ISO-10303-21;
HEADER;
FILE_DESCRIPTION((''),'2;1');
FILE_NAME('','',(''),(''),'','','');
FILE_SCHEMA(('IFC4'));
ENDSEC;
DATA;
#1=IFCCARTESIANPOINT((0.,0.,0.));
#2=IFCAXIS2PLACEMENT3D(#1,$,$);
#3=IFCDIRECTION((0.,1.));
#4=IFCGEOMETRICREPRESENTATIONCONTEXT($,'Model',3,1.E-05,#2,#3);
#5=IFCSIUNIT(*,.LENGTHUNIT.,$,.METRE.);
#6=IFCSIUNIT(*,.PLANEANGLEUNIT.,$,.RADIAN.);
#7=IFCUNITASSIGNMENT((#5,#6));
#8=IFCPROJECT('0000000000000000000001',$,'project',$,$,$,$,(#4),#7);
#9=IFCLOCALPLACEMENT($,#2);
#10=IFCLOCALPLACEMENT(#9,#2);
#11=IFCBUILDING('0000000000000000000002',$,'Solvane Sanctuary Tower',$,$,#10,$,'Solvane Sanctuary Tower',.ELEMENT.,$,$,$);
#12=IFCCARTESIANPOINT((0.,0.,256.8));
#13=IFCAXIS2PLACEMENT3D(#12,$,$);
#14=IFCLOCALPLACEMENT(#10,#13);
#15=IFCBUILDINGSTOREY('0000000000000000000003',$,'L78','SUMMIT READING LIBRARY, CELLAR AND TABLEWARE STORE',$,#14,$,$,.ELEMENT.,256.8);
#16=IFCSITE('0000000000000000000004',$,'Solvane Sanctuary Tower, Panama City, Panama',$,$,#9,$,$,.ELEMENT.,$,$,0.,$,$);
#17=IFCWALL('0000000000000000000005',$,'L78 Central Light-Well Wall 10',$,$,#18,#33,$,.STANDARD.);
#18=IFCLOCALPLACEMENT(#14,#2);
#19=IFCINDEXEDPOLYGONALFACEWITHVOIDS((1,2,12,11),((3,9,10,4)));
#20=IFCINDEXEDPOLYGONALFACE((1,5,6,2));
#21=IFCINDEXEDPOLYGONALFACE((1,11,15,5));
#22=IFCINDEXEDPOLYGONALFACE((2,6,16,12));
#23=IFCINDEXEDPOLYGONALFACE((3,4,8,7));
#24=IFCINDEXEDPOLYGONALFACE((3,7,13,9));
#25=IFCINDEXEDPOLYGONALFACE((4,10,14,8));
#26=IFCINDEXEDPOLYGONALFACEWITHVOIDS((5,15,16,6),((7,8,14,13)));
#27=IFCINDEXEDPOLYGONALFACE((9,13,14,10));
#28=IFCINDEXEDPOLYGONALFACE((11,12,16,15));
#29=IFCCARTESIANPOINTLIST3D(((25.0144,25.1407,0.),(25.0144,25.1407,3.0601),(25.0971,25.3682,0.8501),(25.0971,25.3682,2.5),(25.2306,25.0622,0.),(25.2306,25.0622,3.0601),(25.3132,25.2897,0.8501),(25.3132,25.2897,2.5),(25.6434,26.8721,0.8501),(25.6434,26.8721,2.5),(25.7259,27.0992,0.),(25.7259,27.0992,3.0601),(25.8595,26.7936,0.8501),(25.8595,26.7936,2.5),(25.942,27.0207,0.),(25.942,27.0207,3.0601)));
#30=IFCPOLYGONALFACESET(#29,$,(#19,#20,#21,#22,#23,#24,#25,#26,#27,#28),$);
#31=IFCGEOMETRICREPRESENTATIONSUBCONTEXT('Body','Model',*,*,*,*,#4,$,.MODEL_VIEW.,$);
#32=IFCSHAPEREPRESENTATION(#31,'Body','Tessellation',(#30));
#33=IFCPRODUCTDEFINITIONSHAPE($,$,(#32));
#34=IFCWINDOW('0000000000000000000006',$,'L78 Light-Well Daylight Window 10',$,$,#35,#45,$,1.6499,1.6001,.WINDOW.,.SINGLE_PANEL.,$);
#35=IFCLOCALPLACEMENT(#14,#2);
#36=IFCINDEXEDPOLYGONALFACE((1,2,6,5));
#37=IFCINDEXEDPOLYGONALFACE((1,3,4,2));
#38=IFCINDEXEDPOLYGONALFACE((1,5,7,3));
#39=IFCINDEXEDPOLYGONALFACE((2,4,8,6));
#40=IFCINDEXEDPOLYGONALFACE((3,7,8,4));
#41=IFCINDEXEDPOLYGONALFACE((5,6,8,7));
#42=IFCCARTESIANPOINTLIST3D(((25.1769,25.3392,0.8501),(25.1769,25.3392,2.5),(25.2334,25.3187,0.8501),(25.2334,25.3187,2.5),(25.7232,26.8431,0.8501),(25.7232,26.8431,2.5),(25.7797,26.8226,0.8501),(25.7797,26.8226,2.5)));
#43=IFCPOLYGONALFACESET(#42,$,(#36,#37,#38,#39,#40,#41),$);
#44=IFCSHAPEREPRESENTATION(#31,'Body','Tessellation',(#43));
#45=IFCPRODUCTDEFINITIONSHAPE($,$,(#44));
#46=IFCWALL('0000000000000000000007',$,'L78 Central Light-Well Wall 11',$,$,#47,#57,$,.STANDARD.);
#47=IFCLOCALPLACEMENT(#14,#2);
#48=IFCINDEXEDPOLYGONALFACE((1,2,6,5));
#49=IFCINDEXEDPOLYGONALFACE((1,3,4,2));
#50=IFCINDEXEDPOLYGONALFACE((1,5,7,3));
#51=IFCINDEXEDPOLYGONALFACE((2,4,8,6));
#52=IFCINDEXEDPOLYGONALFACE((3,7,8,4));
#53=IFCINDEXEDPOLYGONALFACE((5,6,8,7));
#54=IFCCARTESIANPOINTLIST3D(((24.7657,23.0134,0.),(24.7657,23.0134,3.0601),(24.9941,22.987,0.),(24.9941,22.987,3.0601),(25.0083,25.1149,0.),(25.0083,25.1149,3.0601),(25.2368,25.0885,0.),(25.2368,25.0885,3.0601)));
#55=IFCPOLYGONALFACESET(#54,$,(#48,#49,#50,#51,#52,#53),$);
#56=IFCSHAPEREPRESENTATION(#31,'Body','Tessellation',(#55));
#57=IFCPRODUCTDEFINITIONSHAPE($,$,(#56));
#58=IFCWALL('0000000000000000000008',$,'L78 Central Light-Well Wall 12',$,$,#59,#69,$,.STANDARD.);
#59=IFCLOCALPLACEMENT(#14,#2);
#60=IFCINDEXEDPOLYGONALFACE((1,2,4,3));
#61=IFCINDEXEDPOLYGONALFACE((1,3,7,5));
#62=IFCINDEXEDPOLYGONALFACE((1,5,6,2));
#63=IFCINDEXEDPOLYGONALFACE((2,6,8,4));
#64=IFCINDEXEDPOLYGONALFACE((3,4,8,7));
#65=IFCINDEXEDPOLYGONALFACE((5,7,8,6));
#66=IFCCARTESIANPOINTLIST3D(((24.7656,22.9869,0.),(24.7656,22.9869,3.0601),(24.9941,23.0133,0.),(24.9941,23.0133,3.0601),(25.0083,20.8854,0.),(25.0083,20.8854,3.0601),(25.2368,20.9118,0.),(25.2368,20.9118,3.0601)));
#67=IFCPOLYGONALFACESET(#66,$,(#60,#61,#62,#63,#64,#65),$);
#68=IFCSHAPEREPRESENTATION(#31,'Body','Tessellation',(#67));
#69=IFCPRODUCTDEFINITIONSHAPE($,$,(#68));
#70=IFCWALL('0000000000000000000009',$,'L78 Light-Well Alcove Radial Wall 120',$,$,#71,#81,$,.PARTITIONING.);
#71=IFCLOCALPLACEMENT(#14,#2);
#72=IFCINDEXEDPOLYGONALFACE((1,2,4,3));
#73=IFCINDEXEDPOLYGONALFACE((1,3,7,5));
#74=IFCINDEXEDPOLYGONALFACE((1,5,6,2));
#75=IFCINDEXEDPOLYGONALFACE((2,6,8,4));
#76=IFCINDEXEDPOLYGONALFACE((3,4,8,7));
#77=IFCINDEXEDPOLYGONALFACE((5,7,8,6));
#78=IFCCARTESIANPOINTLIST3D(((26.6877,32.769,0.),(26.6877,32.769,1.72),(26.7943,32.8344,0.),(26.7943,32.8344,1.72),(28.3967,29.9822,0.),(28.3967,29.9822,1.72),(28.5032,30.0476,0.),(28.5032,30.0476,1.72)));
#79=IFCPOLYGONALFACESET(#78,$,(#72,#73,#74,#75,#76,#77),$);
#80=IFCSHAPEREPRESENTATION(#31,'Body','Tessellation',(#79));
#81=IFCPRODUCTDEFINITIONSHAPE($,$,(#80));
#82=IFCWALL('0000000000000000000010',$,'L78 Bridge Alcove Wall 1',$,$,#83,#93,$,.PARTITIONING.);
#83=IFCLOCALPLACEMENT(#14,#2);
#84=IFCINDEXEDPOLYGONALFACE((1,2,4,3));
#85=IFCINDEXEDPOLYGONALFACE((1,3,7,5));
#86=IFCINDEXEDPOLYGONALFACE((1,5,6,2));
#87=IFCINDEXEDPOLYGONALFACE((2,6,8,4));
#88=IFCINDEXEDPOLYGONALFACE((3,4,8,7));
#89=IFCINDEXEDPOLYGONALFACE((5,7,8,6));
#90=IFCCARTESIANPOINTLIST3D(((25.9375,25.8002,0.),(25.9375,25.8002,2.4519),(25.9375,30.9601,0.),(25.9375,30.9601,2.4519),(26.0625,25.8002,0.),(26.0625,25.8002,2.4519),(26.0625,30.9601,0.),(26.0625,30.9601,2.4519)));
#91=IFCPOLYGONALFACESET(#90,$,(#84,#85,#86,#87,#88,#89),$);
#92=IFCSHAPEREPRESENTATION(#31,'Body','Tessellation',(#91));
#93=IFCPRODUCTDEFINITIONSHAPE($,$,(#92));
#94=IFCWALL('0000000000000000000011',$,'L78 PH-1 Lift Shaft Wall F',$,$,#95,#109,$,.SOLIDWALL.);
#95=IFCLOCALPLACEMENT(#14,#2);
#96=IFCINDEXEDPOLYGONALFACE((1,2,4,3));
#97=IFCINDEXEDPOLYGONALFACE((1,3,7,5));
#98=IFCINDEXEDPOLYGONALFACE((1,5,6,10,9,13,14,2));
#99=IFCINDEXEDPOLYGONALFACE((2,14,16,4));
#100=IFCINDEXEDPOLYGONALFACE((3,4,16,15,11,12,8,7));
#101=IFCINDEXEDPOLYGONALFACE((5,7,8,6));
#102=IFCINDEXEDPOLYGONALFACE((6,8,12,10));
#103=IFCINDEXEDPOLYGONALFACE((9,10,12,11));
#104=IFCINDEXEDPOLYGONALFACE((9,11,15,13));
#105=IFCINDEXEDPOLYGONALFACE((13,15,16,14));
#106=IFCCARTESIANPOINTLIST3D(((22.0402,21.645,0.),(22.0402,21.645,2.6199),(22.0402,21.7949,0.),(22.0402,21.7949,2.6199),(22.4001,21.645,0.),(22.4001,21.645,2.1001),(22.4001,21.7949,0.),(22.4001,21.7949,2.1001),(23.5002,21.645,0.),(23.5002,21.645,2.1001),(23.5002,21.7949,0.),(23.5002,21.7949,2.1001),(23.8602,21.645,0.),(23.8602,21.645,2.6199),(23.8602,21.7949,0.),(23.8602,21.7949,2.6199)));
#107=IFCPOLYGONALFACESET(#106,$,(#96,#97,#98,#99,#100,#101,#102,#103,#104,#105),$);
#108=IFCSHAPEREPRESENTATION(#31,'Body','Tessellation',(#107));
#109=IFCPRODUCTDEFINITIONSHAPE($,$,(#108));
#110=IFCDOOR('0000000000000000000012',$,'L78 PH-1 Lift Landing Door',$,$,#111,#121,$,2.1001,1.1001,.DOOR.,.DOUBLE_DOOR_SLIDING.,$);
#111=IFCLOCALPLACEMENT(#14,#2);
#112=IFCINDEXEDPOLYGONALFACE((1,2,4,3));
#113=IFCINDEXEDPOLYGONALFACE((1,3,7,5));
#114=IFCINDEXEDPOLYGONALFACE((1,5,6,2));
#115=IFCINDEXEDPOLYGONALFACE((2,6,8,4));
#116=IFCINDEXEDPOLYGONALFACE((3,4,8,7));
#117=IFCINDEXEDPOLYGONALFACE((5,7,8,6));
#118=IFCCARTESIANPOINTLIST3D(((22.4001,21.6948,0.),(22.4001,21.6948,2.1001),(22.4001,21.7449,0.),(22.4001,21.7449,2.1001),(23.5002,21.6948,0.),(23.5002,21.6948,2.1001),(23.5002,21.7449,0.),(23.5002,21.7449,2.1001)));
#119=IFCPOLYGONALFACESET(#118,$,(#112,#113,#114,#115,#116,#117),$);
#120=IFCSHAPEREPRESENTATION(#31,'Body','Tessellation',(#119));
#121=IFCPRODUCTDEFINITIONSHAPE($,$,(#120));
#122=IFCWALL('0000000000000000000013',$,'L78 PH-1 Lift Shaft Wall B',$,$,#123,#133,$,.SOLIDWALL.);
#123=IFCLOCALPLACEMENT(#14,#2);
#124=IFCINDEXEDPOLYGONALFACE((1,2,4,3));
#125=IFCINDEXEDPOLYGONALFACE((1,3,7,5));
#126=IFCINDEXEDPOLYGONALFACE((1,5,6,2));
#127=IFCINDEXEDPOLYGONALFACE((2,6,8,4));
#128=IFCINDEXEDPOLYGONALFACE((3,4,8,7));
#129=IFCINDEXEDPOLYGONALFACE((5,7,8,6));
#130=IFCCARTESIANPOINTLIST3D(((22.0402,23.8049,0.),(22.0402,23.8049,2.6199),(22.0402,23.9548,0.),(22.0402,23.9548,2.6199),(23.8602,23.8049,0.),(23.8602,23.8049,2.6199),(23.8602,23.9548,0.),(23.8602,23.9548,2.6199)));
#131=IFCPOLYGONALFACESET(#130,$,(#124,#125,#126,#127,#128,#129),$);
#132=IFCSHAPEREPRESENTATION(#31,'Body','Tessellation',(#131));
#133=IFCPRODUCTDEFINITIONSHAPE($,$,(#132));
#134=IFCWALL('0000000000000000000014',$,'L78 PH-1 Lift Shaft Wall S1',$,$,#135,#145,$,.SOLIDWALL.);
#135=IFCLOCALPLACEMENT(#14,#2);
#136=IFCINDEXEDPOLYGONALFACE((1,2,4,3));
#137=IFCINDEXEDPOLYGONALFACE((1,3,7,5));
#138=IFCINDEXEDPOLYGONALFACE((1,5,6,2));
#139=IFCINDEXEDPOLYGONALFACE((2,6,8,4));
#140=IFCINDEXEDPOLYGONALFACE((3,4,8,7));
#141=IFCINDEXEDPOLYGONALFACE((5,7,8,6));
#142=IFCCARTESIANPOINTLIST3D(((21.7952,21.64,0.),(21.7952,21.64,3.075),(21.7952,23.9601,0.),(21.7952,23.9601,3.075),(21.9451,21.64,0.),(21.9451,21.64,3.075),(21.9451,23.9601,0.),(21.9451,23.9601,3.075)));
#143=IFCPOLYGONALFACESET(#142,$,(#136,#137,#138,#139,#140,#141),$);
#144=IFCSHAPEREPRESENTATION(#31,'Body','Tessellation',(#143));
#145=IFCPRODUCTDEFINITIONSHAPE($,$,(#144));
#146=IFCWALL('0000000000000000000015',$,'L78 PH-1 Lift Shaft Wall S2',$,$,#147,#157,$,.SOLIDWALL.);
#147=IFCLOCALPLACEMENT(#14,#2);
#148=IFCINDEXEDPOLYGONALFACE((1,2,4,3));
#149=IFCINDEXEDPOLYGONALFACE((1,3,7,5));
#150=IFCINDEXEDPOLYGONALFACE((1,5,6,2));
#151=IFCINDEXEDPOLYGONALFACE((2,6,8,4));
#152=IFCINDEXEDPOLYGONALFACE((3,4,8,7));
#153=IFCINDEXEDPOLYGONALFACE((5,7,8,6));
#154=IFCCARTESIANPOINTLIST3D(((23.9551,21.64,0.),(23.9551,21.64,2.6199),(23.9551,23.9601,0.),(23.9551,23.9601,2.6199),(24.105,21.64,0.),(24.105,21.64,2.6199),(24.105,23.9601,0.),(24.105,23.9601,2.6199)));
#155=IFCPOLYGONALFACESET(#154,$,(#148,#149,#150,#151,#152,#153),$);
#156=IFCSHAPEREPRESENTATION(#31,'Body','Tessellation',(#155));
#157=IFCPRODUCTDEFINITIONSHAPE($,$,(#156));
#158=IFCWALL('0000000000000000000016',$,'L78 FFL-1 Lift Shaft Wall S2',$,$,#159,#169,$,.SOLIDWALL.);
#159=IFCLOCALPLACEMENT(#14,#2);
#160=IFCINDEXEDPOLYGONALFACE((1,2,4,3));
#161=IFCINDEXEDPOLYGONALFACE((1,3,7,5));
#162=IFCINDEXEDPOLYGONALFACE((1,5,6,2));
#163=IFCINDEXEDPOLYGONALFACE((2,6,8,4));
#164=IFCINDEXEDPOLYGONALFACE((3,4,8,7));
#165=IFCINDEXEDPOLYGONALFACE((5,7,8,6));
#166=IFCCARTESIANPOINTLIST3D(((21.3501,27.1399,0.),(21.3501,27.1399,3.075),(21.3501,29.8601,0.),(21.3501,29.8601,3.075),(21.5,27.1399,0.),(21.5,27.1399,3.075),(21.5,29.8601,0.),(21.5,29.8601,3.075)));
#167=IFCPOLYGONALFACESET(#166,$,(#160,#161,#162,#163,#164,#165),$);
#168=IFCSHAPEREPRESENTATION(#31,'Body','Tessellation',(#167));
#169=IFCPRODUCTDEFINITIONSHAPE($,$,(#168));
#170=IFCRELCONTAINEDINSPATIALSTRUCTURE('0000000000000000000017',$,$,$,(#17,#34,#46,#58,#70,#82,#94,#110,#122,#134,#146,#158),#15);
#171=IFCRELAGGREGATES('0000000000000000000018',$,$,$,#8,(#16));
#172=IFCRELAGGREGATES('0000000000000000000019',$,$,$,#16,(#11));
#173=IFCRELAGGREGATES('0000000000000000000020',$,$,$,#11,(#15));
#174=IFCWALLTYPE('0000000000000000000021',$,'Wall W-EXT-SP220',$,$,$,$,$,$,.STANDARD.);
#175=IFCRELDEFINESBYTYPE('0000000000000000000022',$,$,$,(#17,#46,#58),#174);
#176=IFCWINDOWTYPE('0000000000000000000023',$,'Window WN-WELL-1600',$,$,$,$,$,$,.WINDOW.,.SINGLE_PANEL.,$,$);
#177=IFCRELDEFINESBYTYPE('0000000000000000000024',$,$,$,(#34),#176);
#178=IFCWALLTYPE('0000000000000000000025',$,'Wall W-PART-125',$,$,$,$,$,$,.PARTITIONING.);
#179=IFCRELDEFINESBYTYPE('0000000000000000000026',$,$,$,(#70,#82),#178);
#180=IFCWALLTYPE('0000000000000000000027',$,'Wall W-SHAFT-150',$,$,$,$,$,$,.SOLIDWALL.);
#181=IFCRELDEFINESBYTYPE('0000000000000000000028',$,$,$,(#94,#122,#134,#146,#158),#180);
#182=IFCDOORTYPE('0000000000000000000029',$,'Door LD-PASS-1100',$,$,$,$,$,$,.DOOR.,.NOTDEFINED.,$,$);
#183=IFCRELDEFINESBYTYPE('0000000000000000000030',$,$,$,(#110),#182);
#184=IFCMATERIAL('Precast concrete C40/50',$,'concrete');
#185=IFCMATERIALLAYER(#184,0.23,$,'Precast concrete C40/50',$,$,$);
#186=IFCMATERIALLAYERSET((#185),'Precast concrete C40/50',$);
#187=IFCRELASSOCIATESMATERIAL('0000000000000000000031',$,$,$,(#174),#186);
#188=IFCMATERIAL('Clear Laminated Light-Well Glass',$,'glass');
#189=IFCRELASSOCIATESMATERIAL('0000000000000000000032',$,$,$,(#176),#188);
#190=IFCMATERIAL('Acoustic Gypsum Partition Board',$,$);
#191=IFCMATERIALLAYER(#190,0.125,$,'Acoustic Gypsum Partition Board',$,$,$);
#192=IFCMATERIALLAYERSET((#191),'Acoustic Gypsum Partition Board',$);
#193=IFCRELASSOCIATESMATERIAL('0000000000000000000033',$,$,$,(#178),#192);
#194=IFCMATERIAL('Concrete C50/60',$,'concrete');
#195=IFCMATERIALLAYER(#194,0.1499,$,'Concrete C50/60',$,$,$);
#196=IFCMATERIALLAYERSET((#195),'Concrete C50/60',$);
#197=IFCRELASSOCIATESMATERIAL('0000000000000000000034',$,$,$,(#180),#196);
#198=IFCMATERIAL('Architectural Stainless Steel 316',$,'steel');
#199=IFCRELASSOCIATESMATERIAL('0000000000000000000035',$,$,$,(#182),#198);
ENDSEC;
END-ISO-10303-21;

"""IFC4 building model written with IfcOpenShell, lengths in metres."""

from ifc_helpers import new_model, si_unit, direction, frame, frame_2d, origin, place, context, subcontext, project, spatial, rectangle, extrude, material, layer, layer_set, type_object, element, fill, save


model = new_model("IFC4")

# Units and contexts
model_context = context("Model", 3, precision=1e-05, world=origin(), true_north=direction((0.0, 1.0)))
body_context = subcontext(model_context, "Body", "Model", "MODEL_VIEW")
ifc_project = project(units=[si_unit("LENGTHUNIT", "METRE"), si_unit("PLANEANGLEUNIT", "RADIAN")], contexts=[model_context])

# Site, building, storey
site_placement = place(None, origin())
site = spatial("IfcSite", under=ifc_project, at=site_placement, Name="Solvane Sanctuary Tower, Panama City, Panama", CompositionType="ELEMENT", RefElevation=0.0)
building_placement = place(site_placement, origin())
building = spatial("IfcBuilding", under=site, at=building_placement, Name="Solvane Sanctuary Tower", LongName="Solvane Sanctuary Tower", CompositionType="ELEMENT")
storey_placement = place(building_placement, frame((0.0, 0.0, 256.8)))
storey = spatial("IfcBuildingStorey", under=building, at=storey_placement, Name="L78", Description="SUMMIT READING LIBRARY, CELLAR AND TABLEWARE STORE", CompositionType="ELEMENT", Elevation=256.8)

# Shared definitions
ifc_material_1 = material(Name="Acoustic Gypsum Partition Board")
ifc_material_2 = material(Name="Architectural Stainless Steel 316", Category="steel")

# Shared definitions
ifc_material_3 = material(Name="Precast concrete C40/50", Category="concrete")
ifc_layer_1 = layer(ifc_material_3, 0.23, Name="Precast concrete C40/50")
ifc_layer_set_1 = layer_set([ifc_layer_1], Name="Precast concrete C40/50")
wall_type_1 = type_object("IfcWallType", Name="Wall W-EXT-SP220", PredefinedType="STANDARD", material=ifc_layer_set_1)

# Wall, opening, window
wall_1_placement = place(storey_placement, frame((25.834, 27.0601, 0.0), z_axis=(0.0, 0.0, 1.0), x_axis=(-0.341423, -0.93991, 0.0)))
wall_1 = element("IfcWall", 1, at=wall_1_placement, inside=storey, type_object=wall_type_1, Name="L78 Central Light-Well Wall 10", PredefinedType="STANDARD", context=body_context, shape_type="SweptSolid", body=[
    extrude(rectangle(XDim=2.0837, YDim=0.23, at=frame_2d((1.042, 0.0))), origin(), (0.0, 0.0, 1.0), 3.0601),
])
opening_1_placement = place(wall_1_placement, frame((0.2417, 0.0, 0.8501)))
opening_1 = element("IfcOpeningElement", 2, at=opening_1_placement, cuts=wall_1, PredefinedType="OPENING", context=body_context, shape_type="SweptSolid", body=[
    extrude(rectangle(XDim=1.6001, YDim=1.6499, at=frame_2d((0.8, 0.825))), frame((0.0, 0.125, 0.0), z_axis=(0.0, -1.0, 0.0), x_axis=(1.0, 0.0, 0.0)), (0.0, 0.0, 1.0), 0.25),
])
ifc_material_4 = material(Name="Clear Laminated Light-Well Glass", Category="glass")
window_type = type_object("IfcWindowType", Name="Window WN-WELL-1600", PartitioningType="SINGLE_PANEL", PredefinedType="WINDOW", material=ifc_material_4)
window_placement = place(opening_1_placement, origin())
window = element("IfcWindow", 3, at=window_placement, inside=storey, type_object=window_type, Name="L78 Light-Well Daylight Window 10", OverallHeight=1.6499, OverallWidth=1.6001, PartitioningType="SINGLE_PANEL", PredefinedType="WINDOW", context=body_context, shape_type="SweptSolid", body=[
    extrude(rectangle(XDim=1.6001, YDim=1.6499, at=frame_2d((0.8, 0.825))), frame((0.0, 0.03, 0.0), z_axis=(0.0, -1.0, 0.0), x_axis=(1.0, 0.0, 0.0)), (0.0, 0.0, 1.0), 0.0601),
])
fill(opening_1, window)

# Walls
for number, where, z_axis, x_axis, name in (
    (4, (25.1226, 25.1016, 0.0), (0.0, 0.0, 1.0), (-0.114712, -0.993399, 0.0), "L78 Central Light-Well Wall 11"),
    (5, (24.8799, 23.0, 0.0), (0.0, 0.0, 1.0), (0.114712, -0.993399, 0.0), "L78 Central Light-Well Wall 12"),
):
    element("IfcWall", number, at=place(storey_placement, frame(where, z_axis=z_axis, x_axis=x_axis)), inside=storey, type_object=wall_type_1, Name=name, PredefinedType="STANDARD", context=body_context, shape_type="SweptSolid", body=[
        extrude(rectangle(XDim=2.1155, YDim=0.23, at=frame_2d((1.0576, 0.0))), origin(), (0.0, 0.0, 1.0), 3.0601),
    ])
ifc_layer_2 = layer(ifc_material_1, 0.125, Name="Acoustic Gypsum Partition Board")
ifc_layer_set_2 = layer_set([ifc_layer_2], Name="Acoustic Gypsum Partition Board")
wall_type_2 = type_object("IfcWallType", Name="Wall W-PART-125", PredefinedType="PARTITIONING", material=ifc_layer_set_2)
wall_2_placement = place(storey_placement, frame((28.45, 30.0149, 0.0), z_axis=(0.0, 0.0, 1.0), x_axis=(-0.522763, 0.852478, 0.0)))
element("IfcWall", 6, at=wall_2_placement, inside=storey, type_object=wall_type_2, Name="L78 Light-Well Alcove Radial Wall 120", PredefinedType="PARTITIONING", context=body_context, shape_type="SweptSolid", body=[
    extrude(rectangle(XDim=3.269, YDim=0.125, at=frame_2d((1.6345, 0.0))), origin(), (0.0, 0.0, 1.0), 1.72),
])
wall_3_placement = place(storey_placement, frame((26.0, 25.8, 0.0), z_axis=(0.0, 0.0, 1.0), x_axis=(0.0, 1.0, 0.0)))
element("IfcWall", 7, at=wall_3_placement, inside=storey, type_object=wall_type_2, Name="L78 Bridge Alcove Wall 1", PredefinedType="PARTITIONING", context=body_context, shape_type="SweptSolid", body=[
    extrude(rectangle(XDim=5.1599, YDim=0.125, at=frame_2d((2.5801, 0.0))), origin(), (0.0, 0.0, 1.0), 2.4519),
])

# Wall, opening, door
ifc_material_5 = material(Name="Concrete C50/60", Category="concrete")
ifc_layer_3 = layer(ifc_material_5, 0.1499, Name="Concrete C50/60")
ifc_layer_set_3 = layer_set([ifc_layer_3], Name="Concrete C50/60")
wall_type_3 = type_object("IfcWallType", Name="Wall W-SHAFT-150", PredefinedType="SOLIDWALL", material=ifc_layer_set_3)
wall_4_placement = place(storey_placement, frame((22.04, 21.72, 0.0), z_axis=(0.0, 0.0, 1.0), x_axis=(1.0, 0.0, 0.0)))
wall_4 = element("IfcWall", 8, at=wall_4_placement, inside=storey, type_object=wall_type_3, Name="L78 PH-1 Lift Shaft Wall F", PredefinedType="SOLIDWALL", context=body_context, shape_type="SweptSolid", body=[
    extrude(rectangle(XDim=1.8201, YDim=0.1499, at=frame_2d((0.9102, 0.0))), origin(), (0.0, 0.0, 1.0), 2.6199),
])
opening_2_placement = place(wall_4_placement, frame((0.3601, 0.0, 0.0)))
opening_2 = element("IfcOpeningElement", 9, at=opening_2_placement, cuts=wall_4, PredefinedType="OPENING", context=body_context, shape_type="SweptSolid", body=[
    extrude(rectangle(XDim=1.1001, YDim=2.1001, at=frame_2d((0.55, 1.05))), frame((0.0, 0.085, 0.0), z_axis=(0.0, -1.0, 0.0), x_axis=(1.0, 0.0, 0.0)), (0.0, 0.0, 1.0), 0.1699),
])
door_type_1 = type_object("IfcDoorType", Name="Door LD-PASS-1100", OperationType="NOTDEFINED", PredefinedType="DOOR", material=ifc_material_2)
door_1_placement = place(opening_2_placement, origin())
door_1 = element("IfcDoor", 10, at=door_1_placement, inside=storey, type_object=door_type_1, Name="L78 PH-1 Lift Landing Door", OperationType="DOUBLE_DOOR_SLIDING", OverallHeight=2.1001, OverallWidth=1.1001, PredefinedType="DOOR", context=body_context, shape_type="SweptSolid", body=[
    extrude(rectangle(XDim=1.1001, YDim=2.1001, at=frame_2d((0.55, 1.05))), frame((0.0, 0.0249, 0.0), z_axis=(0.0, -1.0, 0.0), x_axis=(1.0, 0.0, 0.0)), (0.0, 0.0, 1.0), 0.05),
])
fill(opening_2, door_1)

# Walls
wall_5_placement = place(storey_placement, frame((22.04, 23.8799, 0.0), z_axis=(0.0, 0.0, 1.0), x_axis=(1.0, 0.0, 0.0)))
element("IfcWall", 11, at=wall_5_placement, inside=storey, type_object=wall_type_3, Name="L78 PH-1 Lift Shaft Wall B", PredefinedType="SOLIDWALL", context=body_context, shape_type="SweptSolid", body=[
    extrude(rectangle(XDim=1.8201, YDim=0.1499, at=frame_2d((0.9102, 0.0))), origin(), (0.0, 0.0, 1.0), 2.6199),
])
wall_6_placement = place(storey_placement, frame((21.8701, 21.6399, 0.0), z_axis=(0.0, 0.0, 1.0), x_axis=(0.0, 1.0, 0.0)))
element("IfcWall", 12, at=wall_6_placement, inside=storey, type_object=wall_type_3, Name="L78 PH-1 Lift Shaft Wall S1", PredefinedType="SOLIDWALL", context=body_context, shape_type="SweptSolid", body=[
    extrude(rectangle(XDim=2.3201, YDim=0.1499, at=frame_2d((1.1602, 0.0))), origin(), (0.0, 0.0, 1.0), 3.075),
])
wall_7_placement = place(storey_placement, frame((24.03, 21.6399, 0.0), z_axis=(0.0, 0.0, 1.0), x_axis=(0.0, 1.0, 0.0)))
element("IfcWall", 13, at=wall_7_placement, inside=storey, type_object=wall_type_3, Name="L78 PH-1 Lift Shaft Wall S2", PredefinedType="SOLIDWALL", context=body_context, shape_type="SweptSolid", body=[
    extrude(rectangle(XDim=2.3201, YDim=0.1499, at=frame_2d((1.1602, 0.0))), origin(), (0.0, 0.0, 1.0), 2.6199),
])
wall_8_placement = place(storey_placement, frame((21.425, 27.1399, 0.0), z_axis=(0.0, 0.0, 1.0), x_axis=(0.0, 1.0, 0.0)))
element("IfcWall", 14, at=wall_8_placement, inside=storey, type_object=wall_type_3, Name="L78 FFL-1 Lift Shaft Wall S2", PredefinedType="SOLIDWALL", context=body_context, shape_type="SweptSolid", body=[
    extrude(rectangle(XDim=2.7202, YDim=0.1499, at=frame_2d((1.3601, 0.0))), origin(), (0.0, 0.0, 1.0), 3.075),
])

save(model, "model.ifc")
